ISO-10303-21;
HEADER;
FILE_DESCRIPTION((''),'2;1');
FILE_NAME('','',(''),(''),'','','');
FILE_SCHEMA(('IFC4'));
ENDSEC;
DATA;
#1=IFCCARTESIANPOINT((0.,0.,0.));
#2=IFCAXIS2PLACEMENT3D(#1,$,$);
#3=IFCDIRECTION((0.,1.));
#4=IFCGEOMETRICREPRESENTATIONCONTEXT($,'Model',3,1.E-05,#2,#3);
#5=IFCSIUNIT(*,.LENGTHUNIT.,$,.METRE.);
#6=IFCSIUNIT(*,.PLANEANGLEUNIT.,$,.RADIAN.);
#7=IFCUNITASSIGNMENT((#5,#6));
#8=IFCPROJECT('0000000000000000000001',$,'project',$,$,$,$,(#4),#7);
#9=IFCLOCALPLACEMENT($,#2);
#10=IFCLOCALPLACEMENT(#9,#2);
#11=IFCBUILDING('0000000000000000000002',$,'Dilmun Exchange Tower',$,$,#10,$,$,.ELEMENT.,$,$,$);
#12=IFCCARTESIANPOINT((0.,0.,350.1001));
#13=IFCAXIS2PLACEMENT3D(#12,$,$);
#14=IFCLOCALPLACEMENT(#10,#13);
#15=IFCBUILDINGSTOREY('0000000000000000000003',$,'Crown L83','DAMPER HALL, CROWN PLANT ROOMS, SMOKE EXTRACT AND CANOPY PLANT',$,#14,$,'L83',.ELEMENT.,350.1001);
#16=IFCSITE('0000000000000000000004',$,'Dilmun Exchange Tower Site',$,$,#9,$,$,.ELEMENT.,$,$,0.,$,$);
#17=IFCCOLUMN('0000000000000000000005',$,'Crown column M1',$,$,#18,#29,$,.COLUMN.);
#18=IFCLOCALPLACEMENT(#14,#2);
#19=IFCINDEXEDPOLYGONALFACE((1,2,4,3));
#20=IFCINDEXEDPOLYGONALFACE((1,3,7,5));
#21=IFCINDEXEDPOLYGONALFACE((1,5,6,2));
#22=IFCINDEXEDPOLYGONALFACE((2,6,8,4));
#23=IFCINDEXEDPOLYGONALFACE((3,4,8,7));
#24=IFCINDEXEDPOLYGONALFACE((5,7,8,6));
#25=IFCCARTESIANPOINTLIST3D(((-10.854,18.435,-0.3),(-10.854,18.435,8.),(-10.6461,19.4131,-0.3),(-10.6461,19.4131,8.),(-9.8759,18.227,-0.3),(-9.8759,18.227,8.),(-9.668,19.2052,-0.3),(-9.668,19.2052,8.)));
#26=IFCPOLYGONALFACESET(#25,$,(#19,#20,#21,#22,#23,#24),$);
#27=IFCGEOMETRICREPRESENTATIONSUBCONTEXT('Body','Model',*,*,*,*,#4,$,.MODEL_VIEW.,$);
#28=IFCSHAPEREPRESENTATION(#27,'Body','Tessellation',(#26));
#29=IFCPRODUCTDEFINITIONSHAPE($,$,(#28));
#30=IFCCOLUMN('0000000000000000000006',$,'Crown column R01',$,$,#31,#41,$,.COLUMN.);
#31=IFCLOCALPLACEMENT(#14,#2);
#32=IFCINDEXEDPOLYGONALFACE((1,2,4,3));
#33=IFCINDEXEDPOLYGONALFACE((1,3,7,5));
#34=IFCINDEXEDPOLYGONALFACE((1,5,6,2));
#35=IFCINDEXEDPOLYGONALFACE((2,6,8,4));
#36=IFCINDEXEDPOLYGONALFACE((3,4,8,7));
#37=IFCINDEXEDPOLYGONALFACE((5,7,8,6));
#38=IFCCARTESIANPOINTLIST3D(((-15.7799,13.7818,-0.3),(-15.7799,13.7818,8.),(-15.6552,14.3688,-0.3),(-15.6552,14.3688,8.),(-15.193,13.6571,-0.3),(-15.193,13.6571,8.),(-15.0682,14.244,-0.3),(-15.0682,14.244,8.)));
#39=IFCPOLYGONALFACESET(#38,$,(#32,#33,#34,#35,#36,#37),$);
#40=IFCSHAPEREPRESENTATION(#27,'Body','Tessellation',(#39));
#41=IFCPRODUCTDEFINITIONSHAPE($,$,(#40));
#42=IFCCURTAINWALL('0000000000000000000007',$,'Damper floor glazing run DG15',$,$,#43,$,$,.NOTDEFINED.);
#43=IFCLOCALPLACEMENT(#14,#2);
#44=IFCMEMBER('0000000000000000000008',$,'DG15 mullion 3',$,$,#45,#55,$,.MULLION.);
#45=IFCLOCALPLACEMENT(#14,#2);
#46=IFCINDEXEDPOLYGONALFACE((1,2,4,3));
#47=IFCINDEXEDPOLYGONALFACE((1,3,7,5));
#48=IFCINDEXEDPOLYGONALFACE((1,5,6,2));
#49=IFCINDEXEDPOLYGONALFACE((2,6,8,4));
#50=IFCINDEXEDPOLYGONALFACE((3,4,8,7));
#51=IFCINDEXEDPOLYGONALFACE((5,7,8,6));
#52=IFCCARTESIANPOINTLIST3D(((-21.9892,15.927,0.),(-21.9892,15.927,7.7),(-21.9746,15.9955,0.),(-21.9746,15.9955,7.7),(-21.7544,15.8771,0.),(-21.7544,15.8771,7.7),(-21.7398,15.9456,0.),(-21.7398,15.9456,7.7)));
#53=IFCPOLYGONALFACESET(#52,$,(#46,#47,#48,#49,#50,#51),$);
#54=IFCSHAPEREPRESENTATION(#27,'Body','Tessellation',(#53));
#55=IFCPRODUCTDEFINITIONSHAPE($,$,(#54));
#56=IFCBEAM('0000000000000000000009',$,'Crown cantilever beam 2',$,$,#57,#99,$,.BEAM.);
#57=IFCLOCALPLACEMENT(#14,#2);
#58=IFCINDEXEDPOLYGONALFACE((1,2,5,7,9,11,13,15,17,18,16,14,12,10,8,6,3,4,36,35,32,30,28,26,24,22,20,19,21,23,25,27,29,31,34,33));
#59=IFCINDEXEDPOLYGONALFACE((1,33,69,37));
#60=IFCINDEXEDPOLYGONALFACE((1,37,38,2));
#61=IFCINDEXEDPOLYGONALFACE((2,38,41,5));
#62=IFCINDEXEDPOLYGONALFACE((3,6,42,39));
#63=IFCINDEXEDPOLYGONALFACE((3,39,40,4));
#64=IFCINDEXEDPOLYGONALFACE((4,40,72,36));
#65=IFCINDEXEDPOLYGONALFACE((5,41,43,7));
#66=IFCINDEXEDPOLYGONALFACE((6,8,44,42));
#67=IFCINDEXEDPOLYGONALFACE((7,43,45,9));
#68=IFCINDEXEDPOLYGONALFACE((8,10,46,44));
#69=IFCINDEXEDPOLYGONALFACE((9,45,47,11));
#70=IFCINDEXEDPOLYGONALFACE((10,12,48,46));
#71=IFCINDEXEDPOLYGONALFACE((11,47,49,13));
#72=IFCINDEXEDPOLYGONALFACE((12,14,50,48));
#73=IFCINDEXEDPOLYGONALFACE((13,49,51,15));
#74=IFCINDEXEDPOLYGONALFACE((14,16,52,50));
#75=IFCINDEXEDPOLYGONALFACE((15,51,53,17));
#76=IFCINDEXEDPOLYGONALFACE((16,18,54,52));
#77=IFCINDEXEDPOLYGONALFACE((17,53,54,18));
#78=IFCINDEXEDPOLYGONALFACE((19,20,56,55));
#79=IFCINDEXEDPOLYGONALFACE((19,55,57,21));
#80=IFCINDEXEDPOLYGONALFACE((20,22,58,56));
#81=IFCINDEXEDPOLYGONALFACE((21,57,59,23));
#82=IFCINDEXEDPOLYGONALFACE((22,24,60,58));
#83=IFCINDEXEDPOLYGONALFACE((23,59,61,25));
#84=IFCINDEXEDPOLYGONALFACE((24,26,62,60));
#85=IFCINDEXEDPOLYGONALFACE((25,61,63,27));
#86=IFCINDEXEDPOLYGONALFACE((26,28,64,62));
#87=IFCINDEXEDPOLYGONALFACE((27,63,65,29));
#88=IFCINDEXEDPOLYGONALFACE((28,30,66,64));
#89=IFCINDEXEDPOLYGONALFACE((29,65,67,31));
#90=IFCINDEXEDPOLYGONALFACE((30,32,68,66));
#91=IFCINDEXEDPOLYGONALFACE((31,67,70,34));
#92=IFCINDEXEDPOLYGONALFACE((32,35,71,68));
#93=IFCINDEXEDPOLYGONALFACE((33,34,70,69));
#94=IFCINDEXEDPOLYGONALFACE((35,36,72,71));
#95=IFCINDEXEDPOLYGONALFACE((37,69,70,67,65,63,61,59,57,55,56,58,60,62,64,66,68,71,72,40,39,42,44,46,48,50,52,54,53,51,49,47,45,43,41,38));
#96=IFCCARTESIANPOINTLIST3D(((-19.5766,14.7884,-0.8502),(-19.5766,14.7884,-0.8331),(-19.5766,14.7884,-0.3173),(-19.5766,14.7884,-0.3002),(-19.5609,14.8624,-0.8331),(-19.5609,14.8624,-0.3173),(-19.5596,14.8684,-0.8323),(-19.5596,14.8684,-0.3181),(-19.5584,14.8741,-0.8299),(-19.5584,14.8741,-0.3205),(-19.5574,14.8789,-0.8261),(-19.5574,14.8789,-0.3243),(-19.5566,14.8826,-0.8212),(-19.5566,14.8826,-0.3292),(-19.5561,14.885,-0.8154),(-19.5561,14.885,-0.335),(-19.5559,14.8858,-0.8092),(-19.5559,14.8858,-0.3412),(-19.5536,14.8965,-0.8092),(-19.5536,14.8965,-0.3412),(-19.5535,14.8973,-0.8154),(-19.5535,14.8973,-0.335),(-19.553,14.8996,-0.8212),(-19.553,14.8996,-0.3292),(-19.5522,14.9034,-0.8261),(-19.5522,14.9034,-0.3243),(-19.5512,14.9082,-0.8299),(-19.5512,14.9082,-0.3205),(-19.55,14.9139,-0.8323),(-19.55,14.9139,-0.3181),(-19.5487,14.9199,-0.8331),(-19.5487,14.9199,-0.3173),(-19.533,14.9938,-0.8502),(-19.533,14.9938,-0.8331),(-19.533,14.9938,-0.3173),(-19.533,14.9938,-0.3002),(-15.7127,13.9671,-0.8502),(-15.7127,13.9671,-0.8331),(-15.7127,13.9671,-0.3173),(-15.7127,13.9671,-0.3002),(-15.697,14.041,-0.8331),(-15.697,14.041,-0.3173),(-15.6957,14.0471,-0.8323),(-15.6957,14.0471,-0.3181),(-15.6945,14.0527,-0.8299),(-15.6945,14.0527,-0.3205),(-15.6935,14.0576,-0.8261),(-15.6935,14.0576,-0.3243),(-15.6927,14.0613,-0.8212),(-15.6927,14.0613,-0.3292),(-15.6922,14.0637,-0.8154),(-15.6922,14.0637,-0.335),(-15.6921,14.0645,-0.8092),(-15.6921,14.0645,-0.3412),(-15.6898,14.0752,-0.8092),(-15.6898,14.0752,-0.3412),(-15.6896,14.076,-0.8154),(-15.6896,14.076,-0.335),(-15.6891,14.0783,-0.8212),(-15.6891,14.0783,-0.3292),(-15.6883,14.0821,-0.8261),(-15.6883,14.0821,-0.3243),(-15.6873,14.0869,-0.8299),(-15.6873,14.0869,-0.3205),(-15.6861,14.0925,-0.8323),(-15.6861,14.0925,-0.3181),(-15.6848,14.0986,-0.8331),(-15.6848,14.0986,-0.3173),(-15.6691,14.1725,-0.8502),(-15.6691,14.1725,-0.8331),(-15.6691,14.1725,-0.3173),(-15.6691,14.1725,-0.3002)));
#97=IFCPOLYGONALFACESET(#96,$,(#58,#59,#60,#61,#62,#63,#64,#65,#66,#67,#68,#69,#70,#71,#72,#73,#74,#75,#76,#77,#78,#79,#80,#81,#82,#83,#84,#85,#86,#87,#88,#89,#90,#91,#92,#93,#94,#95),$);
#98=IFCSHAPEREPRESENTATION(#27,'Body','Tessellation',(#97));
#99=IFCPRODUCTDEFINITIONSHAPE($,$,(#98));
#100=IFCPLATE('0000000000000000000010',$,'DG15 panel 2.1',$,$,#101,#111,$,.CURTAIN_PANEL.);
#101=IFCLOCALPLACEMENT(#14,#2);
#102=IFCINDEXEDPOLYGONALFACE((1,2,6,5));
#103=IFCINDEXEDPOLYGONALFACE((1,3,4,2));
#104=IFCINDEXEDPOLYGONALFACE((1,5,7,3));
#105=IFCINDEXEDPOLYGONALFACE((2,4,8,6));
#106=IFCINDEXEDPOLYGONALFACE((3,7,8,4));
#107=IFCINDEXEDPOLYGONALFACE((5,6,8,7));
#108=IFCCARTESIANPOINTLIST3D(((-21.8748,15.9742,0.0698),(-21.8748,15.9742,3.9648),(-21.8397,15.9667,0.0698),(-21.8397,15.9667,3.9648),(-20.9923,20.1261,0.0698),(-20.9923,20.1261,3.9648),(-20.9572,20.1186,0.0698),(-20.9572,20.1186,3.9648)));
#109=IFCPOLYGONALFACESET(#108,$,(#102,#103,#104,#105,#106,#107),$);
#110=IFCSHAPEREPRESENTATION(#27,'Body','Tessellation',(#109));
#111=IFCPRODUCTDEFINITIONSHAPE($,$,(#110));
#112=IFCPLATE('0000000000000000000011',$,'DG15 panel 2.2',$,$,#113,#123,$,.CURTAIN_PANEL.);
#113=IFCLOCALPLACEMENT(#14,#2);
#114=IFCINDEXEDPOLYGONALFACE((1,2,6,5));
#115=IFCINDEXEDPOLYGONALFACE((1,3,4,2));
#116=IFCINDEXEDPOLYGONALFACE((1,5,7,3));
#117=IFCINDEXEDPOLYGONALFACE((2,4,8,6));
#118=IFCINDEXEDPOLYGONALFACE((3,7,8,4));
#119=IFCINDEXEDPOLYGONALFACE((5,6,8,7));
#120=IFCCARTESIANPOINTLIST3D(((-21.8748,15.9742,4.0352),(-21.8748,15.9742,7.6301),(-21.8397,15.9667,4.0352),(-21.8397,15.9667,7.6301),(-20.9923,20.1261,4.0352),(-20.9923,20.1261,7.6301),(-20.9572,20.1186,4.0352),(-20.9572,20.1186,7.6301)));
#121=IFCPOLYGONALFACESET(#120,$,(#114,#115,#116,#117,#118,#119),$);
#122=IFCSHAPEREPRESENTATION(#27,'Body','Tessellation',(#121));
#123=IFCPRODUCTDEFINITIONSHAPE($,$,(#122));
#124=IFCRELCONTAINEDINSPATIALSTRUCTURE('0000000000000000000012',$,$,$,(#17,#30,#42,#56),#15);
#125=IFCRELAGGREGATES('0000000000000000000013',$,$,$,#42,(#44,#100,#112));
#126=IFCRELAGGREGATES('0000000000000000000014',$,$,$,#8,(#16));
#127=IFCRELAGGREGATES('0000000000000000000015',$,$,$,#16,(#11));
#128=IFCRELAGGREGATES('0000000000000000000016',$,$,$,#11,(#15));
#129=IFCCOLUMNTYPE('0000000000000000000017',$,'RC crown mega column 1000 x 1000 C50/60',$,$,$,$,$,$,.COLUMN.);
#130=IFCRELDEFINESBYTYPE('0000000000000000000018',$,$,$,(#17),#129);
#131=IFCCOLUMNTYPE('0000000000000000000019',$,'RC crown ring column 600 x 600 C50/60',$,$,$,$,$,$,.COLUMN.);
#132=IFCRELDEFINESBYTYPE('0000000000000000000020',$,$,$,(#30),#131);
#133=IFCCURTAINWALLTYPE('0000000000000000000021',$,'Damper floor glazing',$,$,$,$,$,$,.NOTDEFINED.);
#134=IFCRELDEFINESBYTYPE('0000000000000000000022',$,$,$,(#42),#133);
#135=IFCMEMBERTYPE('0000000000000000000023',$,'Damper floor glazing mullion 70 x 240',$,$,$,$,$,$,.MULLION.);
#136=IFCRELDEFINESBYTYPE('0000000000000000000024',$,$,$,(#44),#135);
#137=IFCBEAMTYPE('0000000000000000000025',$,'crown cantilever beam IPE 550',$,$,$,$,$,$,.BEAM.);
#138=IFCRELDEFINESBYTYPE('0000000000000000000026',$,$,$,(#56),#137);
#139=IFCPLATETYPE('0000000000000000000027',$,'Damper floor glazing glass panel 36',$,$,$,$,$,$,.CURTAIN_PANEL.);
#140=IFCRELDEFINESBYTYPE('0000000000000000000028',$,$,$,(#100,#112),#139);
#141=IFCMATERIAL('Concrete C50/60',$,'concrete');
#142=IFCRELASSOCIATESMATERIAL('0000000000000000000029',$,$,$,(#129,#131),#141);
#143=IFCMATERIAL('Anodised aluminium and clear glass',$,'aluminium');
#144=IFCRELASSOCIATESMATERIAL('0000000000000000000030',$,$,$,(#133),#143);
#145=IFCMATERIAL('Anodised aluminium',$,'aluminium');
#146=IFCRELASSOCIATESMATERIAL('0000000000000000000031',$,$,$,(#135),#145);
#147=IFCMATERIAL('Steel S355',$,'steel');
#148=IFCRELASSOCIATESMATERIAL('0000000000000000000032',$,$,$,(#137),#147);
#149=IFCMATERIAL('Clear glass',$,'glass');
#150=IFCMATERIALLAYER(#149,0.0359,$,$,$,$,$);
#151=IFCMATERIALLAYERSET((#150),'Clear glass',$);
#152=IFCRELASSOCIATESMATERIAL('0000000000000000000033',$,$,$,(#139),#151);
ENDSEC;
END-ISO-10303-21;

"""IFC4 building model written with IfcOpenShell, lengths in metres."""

from ifc_helpers import new_model, si_unit, direction, frame, origin, origin_2d, place, context, subcontext, project, spatial, rectangle, i_section, extrude, material, layer, layer_set, material_profile, profile_set, type_object, element, aggregate, save


model = new_model("IFC4")

# Units and contexts
model_context = context("Model", 3, precision=1e-05, world=origin(), true_north=direction((0.0, 1.0)))
body_context = subcontext(model_context, "Body", "Model", "MODEL_VIEW")
ifc_project = project(units=[si_unit("LENGTHUNIT", "METRE"), si_unit("PLANEANGLEUNIT", "RADIAN")], contexts=[model_context])

# Site, building, storey
site_placement = place(None, origin())
site = spatial("IfcSite", under=ifc_project, at=site_placement, Name="Dilmun Exchange Tower Site", CompositionType="ELEMENT", RefElevation=0.0)
building_placement = place(site_placement, origin())
building = spatial("IfcBuilding", under=site, at=building_placement, Name="Dilmun Exchange Tower", CompositionType="ELEMENT")
storey_placement = place(building_placement, frame((0.0, 0.0, 350.1001)))
storey = spatial("IfcBuildingStorey", under=building, at=storey_placement, Name="Crown L83", Description="DAMPER HALL, CROWN PLANT ROOMS, SMOKE EXTRACT AND CANOPY PLANT", LongName="L83", CompositionType="ELEMENT", Elevation=350.1001)

# Columns
ifc_material_1 = material(Name="Concrete C50/60", Category="concrete")
ifc_material_profile_1 = material_profile(ifc_material_1, rectangle(XDim=1.0, YDim=1.0, at=origin_2d()), Name="1000 x 1000")
ifc_profile_set_1 = profile_set([ifc_material_profile_1], Name="Concrete C50/60")
column_type_1 = type_object("IfcColumnType", Name="RC crown mega column 1000 x 1000 C50/60", PredefinedType="COLUMN", material=ifc_profile_set_1)
column_1_placement = place(storey_placement, frame((-10.261, 18.8201, -0.3), z_axis=(0.0, 0.0, 1.0), x_axis=(0.207912, 0.978148, 0.0)))
element("IfcColumn", 1, at=column_1_placement, inside=storey, type_object=column_type_1, Name="Crown column M1", PredefinedType="COLUMN", context=body_context, shape_type="SweptSolid", body=[
    extrude(rectangle(XDim=1.0, YDim=1.0, at=origin_2d()), origin(), (0.0, 0.0, 1.0), 8.3),
])
ifc_material_profile_2 = material_profile(ifc_material_1, rectangle(XDim=0.6001, YDim=0.6001, at=origin_2d()), Name="600 x 600")
ifc_profile_set_2 = profile_set([ifc_material_profile_2], Name="Concrete C50/60")
column_type_2 = type_object("IfcColumnType", Name="RC crown ring column 600 x 600 C50/60", PredefinedType="COLUMN", material=ifc_profile_set_2)
column_2_placement = place(storey_placement, frame((-15.4241, 14.0129, -0.3), z_axis=(0.0, 0.0, 1.0), x_axis=(0.207912, 0.978148, 0.0)))
element("IfcColumn", 2, at=column_2_placement, inside=storey, type_object=column_type_2, Name="Crown column R01", PredefinedType="COLUMN", context=body_context, shape_type="SweptSolid", body=[
    extrude(rectangle(XDim=0.6001, YDim=0.6001, at=origin_2d()), origin(), (0.0, 0.0, 1.0), 8.3),
])

# Curtain wall, member
ifc_material_2 = material(Name="Anodised aluminium and clear glass", Category="aluminium")
curtain_wall_type = type_object("IfcCurtainWallType", Name="Damper floor glazing", PredefinedType="NOTDEFINED", material=ifc_material_2)
curtain_wall_placement = place(storey_placement, origin())
curtain_wall = element("IfcCurtainWall", 3, at=curtain_wall_placement, inside=storey, type_object=curtain_wall_type, Name="Damper floor glazing run DG15", PredefinedType="NOTDEFINED")
ifc_material_3 = material(Name="Anodised aluminium", Category="aluminium")
ifc_material_profile_3 = material_profile(ifc_material_3, rectangle(XDim=0.24, YDim=0.0701, at=origin_2d()), Name="AL 70x240")
ifc_profile_set_3 = profile_set([ifc_material_profile_3], Name="Anodised aluminium")
member_type = type_object("IfcMemberType", Name="Damper floor glazing mullion 70 x 240", PredefinedType="MULLION", material=ifc_profile_set_3)
member_placement = place(storey_placement, frame((-21.8645, 15.9363, 0.0), z_axis=(0.0, 0.0, 1.0), x_axis=(0.978147, -0.207912, 0.0)))
member = element("IfcMember", 4, at=member_placement, type_object=member_type, Name="DG15 mullion 3", PredefinedType="MULLION", context=body_context, shape_type="SweptSolid", body=[
    extrude(rectangle(XDim=0.24, YDim=0.0701, at=origin_2d()), origin(), (0.0, 0.0, 1.0), 7.7),
])

# Beam
ifc_material_4 = material(Name="Steel S355", Category="steel")
ifc_material_profile_4 = material_profile(ifc_material_4, i_section(OverallWidth=0.21, OverallDepth=0.55, WebThickness=0.011, FlangeThickness=0.0171, FilletRadius=0.0239, at=origin_2d()), Name="IPE 550")
ifc_profile_set_4 = profile_set([ifc_material_profile_4], Name="Steel S355")
beam_type = type_object("IfcBeamType", Name="crown cantilever beam IPE 550", PredefinedType="BEAM", material=ifc_profile_set_4)
beam_placement = place(storey_placement, frame((-15.6909, 14.0698, -0.5752), z_axis=(-0.978147, 0.207916, 0.0), x_axis=(-0.207916, -0.978147, 0.0)))
element("IfcBeam", 5, at=beam_placement, inside=storey, type_object=beam_type, Name="Crown cantilever beam 2", PredefinedType="BEAM", context=body_context, shape_type="SweptSolid", body=[
    extrude(i_section(OverallWidth=0.21, OverallDepth=0.55, WebThickness=0.011, FlangeThickness=0.0171, FilletRadius=0.0239, at=origin_2d()), origin(), (0.0, 0.0, 1.0), 3.9502),
])

# Plates
ifc_material_5 = material(Name="Clear glass", Category="glass")
ifc_layer_1 = layer(ifc_material_5, 0.0359)
ifc_layer_set_1 = layer_set([ifc_layer_1], Name="Clear glass")
plate_type = type_object("IfcPlateType", Name="Damper floor glazing glass panel 36", PredefinedType="CURTAIN_PANEL", material=ifc_layer_set_1)
plate_1_placement = place(storey_placement, frame((-21.416, 18.0464, 0.0698), z_axis=(0.0, 0.0, 1.0), x_axis=(-0.207912, -0.978147, 0.0)))
plate_1 = element("IfcPlate", 6, at=plate_1_placement, type_object=plate_type, Name="DG15 panel 2.1", PredefinedType="CURTAIN_PANEL", context=body_context, shape_type="SweptSolid", body=[
    extrude(rectangle(XDim=4.2446, YDim=0.0359, at=origin_2d()), origin(), (0.0, 0.0, 1.0), 3.895),
])
plate_2_placement = place(storey_placement, frame((-21.416, 18.0464, 4.0352), z_axis=(0.0, 0.0, 1.0), x_axis=(-0.207912, -0.978147, 0.0)))
plate_2 = element("IfcPlate", 7, at=plate_2_placement, type_object=plate_type, Name="DG15 panel 2.2", PredefinedType="CURTAIN_PANEL", context=body_context, shape_type="SweptSolid", body=[
    extrude(rectangle(XDim=4.2446, YDim=0.0359, at=origin_2d()), origin(), (0.0, 0.0, 1.0), 3.595),
])
aggregate(curtain_wall, [member, plate_1, plate_2])

save(model, "model.ifc")
